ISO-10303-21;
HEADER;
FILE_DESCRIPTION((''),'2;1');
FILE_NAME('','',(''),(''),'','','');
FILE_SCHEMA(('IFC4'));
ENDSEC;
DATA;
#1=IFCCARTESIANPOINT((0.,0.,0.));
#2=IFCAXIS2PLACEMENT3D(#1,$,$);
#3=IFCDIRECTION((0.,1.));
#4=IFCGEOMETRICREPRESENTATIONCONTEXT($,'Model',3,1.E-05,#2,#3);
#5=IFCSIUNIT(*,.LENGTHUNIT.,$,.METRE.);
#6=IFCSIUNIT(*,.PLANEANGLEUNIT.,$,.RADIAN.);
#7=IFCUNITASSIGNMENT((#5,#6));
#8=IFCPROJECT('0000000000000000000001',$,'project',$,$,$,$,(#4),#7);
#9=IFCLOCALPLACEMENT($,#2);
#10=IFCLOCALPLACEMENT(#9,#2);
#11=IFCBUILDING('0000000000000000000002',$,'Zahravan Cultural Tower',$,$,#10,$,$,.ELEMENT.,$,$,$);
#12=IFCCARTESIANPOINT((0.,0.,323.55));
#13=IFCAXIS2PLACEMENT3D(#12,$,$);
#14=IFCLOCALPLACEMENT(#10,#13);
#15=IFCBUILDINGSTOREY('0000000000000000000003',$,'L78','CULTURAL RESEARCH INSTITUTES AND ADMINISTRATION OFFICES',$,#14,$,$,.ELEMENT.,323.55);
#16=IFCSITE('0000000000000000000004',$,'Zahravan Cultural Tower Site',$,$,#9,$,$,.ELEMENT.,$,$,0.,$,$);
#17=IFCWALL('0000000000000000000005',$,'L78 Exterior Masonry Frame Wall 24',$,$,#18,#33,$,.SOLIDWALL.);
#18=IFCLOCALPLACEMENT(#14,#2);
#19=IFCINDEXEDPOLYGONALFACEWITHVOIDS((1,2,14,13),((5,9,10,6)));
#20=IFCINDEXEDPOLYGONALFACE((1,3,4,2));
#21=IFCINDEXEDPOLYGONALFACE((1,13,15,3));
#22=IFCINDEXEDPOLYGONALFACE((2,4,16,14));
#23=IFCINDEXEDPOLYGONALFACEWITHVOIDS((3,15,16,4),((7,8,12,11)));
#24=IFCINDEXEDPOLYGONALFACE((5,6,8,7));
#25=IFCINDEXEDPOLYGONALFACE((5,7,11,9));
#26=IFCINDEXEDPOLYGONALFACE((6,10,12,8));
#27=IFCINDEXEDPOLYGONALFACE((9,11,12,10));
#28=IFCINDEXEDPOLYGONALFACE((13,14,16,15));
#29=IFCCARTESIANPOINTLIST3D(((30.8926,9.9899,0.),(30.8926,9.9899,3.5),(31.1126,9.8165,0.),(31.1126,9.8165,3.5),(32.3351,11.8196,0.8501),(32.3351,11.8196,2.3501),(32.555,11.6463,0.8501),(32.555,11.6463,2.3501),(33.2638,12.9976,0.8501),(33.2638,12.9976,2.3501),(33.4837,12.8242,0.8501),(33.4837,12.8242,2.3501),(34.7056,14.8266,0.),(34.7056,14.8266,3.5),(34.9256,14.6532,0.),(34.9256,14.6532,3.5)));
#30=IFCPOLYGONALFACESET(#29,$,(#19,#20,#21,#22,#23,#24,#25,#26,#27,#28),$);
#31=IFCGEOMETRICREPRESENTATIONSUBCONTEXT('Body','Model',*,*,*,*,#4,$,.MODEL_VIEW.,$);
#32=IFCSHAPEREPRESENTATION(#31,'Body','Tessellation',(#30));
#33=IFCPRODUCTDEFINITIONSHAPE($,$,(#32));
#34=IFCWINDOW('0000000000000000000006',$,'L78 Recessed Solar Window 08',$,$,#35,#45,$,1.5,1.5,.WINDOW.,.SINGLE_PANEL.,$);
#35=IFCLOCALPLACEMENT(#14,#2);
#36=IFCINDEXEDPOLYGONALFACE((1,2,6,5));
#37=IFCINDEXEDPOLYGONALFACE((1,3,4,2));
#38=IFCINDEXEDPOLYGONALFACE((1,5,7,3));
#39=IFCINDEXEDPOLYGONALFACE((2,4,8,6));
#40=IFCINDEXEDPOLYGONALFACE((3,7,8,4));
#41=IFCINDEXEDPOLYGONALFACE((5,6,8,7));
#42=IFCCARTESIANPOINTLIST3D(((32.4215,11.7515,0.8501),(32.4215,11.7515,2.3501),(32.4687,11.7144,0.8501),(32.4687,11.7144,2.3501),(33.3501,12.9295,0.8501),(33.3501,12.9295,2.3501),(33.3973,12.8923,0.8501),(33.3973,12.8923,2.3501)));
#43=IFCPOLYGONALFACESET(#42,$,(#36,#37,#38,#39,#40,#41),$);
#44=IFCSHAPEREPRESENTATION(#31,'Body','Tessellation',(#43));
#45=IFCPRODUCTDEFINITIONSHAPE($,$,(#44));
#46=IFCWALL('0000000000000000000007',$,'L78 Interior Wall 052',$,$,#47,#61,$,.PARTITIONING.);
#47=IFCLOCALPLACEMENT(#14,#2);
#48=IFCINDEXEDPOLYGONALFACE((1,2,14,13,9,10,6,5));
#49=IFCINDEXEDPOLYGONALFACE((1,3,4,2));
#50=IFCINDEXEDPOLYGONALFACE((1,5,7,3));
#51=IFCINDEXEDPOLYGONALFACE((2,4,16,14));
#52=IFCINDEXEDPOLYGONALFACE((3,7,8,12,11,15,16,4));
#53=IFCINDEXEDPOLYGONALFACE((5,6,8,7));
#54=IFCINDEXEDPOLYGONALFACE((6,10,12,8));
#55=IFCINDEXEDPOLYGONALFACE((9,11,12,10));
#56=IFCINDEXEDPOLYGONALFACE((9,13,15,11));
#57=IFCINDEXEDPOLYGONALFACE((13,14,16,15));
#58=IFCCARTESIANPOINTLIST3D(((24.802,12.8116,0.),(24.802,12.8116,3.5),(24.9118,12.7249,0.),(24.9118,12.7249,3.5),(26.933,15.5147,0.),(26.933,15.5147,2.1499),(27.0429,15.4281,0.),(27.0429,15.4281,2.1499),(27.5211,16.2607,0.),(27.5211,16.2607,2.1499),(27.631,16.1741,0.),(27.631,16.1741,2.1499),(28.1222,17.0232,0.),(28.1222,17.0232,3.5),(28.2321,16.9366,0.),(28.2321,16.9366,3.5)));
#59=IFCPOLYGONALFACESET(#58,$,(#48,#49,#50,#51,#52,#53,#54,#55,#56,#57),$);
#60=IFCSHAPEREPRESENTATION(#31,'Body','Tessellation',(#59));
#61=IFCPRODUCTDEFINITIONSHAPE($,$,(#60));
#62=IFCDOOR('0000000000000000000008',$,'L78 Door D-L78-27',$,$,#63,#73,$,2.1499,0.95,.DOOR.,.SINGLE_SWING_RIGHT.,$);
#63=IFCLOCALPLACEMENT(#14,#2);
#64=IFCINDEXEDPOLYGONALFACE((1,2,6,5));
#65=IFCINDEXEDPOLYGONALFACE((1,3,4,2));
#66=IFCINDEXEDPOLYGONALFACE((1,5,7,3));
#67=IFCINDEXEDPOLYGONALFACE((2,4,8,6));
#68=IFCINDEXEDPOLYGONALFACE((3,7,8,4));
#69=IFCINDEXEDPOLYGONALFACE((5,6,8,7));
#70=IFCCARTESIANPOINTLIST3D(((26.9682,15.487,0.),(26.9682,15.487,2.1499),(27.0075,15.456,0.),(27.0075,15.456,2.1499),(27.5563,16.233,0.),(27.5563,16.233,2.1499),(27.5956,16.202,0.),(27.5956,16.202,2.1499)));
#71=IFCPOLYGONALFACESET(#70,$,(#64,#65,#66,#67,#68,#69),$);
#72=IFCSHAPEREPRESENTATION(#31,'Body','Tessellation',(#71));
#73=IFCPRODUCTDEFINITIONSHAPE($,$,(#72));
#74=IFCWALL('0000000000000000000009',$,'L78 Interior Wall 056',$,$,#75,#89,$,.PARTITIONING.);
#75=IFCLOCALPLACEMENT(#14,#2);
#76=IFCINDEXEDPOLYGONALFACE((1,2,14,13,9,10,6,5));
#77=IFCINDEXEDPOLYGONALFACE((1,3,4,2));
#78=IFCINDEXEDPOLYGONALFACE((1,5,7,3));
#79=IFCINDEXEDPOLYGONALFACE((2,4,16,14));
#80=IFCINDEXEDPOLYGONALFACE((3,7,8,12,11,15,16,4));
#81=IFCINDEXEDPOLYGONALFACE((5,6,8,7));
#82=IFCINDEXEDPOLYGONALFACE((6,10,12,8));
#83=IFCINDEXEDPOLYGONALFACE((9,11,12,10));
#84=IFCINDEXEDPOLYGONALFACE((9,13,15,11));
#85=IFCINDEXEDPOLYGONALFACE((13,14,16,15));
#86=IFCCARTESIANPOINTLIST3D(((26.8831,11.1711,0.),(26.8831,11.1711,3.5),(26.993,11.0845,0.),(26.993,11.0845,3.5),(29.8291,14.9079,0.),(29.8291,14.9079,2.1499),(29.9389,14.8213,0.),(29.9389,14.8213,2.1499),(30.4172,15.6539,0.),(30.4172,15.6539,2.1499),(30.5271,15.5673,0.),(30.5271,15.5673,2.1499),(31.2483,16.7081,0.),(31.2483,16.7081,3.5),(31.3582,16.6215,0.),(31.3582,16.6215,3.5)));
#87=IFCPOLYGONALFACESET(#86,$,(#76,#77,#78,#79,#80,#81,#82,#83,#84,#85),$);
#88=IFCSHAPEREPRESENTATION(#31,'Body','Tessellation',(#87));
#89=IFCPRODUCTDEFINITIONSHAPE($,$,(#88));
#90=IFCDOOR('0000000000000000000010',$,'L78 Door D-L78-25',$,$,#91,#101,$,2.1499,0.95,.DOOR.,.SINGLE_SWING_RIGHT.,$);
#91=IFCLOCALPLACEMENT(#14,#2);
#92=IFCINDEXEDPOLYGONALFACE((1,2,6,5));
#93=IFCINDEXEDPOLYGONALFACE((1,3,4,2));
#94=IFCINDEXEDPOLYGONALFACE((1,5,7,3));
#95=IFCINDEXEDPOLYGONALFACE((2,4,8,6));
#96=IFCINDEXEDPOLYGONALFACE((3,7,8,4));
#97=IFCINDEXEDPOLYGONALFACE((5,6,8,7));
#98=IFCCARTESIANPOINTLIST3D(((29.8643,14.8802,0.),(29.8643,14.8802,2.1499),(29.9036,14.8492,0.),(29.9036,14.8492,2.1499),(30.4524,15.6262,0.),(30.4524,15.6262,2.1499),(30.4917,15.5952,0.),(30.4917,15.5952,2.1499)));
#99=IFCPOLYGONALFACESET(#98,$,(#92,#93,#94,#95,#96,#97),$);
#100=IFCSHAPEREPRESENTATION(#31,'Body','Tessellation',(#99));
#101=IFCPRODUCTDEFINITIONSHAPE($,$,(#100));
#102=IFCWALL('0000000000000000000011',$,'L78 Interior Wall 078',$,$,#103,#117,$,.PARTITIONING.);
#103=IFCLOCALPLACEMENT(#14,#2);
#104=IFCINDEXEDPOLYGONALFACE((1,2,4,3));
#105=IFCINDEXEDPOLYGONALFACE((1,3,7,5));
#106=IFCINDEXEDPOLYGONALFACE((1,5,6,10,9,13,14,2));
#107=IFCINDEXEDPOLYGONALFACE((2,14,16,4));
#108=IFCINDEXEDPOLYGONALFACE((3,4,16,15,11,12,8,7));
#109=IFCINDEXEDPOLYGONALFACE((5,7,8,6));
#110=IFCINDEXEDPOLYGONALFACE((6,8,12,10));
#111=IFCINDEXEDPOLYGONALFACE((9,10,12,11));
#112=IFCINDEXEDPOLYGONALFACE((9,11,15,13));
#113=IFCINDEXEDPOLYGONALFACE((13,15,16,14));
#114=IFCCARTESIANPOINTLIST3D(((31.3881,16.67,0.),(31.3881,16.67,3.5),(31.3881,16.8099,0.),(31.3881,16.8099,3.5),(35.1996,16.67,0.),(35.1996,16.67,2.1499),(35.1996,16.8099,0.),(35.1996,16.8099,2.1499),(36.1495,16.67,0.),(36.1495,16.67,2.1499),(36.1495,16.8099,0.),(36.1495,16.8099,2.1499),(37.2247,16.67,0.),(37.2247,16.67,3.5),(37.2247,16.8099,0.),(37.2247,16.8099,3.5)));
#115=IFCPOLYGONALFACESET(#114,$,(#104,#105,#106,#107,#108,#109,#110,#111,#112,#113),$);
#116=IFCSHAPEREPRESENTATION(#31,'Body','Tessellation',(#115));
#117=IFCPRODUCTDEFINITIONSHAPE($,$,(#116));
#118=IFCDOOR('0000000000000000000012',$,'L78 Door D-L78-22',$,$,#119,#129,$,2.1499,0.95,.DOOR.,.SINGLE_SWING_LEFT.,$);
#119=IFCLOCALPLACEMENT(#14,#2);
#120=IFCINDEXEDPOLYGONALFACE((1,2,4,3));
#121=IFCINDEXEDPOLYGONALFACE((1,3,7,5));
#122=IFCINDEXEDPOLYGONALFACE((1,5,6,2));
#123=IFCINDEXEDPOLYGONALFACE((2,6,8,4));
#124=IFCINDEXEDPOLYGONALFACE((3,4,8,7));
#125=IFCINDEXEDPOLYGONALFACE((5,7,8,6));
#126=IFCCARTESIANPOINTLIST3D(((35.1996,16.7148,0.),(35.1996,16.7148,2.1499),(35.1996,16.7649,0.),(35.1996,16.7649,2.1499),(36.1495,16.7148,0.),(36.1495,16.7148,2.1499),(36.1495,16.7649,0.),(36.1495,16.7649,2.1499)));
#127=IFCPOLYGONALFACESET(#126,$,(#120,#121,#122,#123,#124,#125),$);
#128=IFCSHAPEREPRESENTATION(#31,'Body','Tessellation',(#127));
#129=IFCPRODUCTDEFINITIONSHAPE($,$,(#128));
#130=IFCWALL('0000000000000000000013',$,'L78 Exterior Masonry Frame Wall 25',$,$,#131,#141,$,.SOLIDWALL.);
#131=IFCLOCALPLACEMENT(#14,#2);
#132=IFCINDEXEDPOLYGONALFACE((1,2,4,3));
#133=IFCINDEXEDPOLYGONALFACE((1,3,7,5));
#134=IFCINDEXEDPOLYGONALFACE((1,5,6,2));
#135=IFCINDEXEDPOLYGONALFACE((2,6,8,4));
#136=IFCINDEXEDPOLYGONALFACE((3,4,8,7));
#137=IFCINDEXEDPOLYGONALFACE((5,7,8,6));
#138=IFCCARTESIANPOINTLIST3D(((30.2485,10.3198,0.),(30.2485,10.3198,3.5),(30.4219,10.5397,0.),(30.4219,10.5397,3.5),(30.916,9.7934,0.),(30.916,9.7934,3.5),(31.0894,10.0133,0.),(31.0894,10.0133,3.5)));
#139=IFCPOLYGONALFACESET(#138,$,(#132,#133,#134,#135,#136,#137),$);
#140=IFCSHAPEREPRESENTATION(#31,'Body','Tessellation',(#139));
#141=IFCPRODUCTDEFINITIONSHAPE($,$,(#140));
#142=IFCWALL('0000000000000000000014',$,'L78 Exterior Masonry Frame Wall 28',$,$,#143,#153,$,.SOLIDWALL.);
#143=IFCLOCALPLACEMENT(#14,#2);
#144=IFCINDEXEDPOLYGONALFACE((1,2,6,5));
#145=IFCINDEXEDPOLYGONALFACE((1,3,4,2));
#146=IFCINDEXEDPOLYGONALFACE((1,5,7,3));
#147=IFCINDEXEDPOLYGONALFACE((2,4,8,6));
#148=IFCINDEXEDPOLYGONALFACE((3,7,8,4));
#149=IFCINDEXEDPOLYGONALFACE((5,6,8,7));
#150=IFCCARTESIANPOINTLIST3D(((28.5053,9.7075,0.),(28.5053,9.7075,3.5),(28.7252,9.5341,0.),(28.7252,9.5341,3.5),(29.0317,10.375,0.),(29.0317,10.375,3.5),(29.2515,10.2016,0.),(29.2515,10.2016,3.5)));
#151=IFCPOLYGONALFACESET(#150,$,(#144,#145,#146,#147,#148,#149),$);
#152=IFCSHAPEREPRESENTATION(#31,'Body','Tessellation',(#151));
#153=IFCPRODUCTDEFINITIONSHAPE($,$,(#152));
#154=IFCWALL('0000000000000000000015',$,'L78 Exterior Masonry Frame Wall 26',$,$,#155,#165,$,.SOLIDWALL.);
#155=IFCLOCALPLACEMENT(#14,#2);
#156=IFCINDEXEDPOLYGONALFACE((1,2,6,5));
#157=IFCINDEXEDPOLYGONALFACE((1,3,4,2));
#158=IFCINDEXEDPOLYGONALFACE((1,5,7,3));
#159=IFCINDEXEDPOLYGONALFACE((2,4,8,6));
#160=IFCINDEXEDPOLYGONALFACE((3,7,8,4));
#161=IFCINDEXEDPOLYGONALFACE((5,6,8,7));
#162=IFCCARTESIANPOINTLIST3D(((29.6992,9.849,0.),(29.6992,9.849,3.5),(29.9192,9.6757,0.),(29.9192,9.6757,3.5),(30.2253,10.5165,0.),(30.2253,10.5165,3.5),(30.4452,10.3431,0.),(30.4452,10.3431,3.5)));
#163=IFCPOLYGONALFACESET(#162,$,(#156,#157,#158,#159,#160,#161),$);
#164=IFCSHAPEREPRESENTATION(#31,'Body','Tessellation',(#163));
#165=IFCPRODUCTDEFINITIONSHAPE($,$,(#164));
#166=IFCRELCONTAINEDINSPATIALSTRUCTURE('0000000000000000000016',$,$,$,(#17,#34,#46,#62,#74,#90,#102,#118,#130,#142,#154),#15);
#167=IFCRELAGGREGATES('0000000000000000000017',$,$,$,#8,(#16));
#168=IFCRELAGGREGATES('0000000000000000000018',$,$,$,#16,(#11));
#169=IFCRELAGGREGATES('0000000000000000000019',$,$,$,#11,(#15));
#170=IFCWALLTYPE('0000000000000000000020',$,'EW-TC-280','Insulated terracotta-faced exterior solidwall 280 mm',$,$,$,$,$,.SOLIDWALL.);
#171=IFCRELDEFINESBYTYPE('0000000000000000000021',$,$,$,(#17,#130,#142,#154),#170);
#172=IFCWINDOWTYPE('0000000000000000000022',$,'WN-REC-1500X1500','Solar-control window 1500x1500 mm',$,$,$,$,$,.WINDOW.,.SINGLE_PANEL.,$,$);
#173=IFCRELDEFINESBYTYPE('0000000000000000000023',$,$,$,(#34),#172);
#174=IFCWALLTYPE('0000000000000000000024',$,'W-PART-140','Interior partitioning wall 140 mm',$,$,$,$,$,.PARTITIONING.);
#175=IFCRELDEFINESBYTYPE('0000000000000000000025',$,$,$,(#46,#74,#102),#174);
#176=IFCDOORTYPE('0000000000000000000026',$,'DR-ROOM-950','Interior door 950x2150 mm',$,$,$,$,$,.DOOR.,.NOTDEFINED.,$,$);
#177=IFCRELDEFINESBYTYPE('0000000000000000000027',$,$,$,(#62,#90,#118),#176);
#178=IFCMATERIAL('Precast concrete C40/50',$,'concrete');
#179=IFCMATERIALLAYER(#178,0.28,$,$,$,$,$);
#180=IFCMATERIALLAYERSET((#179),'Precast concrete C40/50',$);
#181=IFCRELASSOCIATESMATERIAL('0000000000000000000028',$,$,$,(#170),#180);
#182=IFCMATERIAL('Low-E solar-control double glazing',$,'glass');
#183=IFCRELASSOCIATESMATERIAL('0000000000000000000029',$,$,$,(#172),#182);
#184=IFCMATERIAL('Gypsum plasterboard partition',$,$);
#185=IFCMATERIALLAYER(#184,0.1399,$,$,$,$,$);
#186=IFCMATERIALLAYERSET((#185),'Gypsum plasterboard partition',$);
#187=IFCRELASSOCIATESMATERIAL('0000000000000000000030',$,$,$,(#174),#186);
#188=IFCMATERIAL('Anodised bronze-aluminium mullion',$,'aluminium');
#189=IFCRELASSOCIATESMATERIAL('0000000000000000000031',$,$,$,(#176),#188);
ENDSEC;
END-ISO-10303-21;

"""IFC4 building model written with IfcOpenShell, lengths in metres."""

from ifc_helpers import new_model, si_unit, direction, frame, frame_2d, origin, place, context, subcontext, project, spatial, rectangle, extrude, source, transform, mapped, material, layer, layer_set, type_object, element, fill, save


model = new_model("IFC4")

# Units and contexts
model_context = context("Model", 3, precision=1e-05, world=origin(), true_north=direction((0.0, 1.0)))
body_context = subcontext(model_context, "Body", "Model", "MODEL_VIEW")
ifc_project = project(units=[si_unit("LENGTHUNIT", "METRE"), si_unit("PLANEANGLEUNIT", "RADIAN")], contexts=[model_context])

# Site, building, storey
site_placement = place(None, origin())
site = spatial("IfcSite", under=ifc_project, at=site_placement, Name="Zahravan Cultural Tower Site", CompositionType="ELEMENT", RefElevation=0.0)
building_placement = place(site_placement, origin())
building = spatial("IfcBuilding", under=site, at=building_placement, Name="Zahravan Cultural Tower", CompositionType="ELEMENT")
storey_placement = place(building_placement, frame((0.0, 0.0, 323.55)))
storey = spatial("IfcBuildingStorey", under=building, at=storey_placement, Name="L78", Description="CULTURAL RESEARCH INSTITUTES AND ADMINISTRATION OFFICES", CompositionType="ELEMENT", Elevation=323.55)

# Wall, opening, window
ifc_material_1 = material(Name="Precast concrete C40/50", Category="concrete")
ifc_layer_1 = layer(ifc_material_1, 0.28)
ifc_layer_set_1 = layer_set([ifc_layer_1], Name="Precast concrete C40/50")
wall_type_1 = type_object("IfcWallType", Name="EW-TC-280", Description="Insulated terracotta-faced exterior solidwall 280 mm", PredefinedType="SOLIDWALL", material=ifc_layer_set_1)
wall_1_placement = place(storey_placement, frame((34.8157, 14.74, 0.0), z_axis=(0.0, 0.0, 1.0), x_axis=(-0.6191, -0.785312, 0.0)))
wall_1 = element("IfcWall", 1, at=wall_1_placement, inside=storey, type_object=wall_type_1, Name="L78 Exterior Masonry Frame Wall 24", PredefinedType="SOLIDWALL", context=body_context, shape_type="SweptSolid", body=[
    extrude(rectangle(XDim=6.1589, YDim=0.28, at=frame_2d((3.0796, 0.0))), origin(), (0.0, 0.0, 1.0), 3.5),
])
opening_1_placement = place(wall_1_placement, frame((2.3291, 0.0, 0.8501)))
opening_1 = element("IfcOpeningElement", 2, at=opening_1_placement, cuts=wall_1, PredefinedType="OPENING", context=body_context, shape_type="SweptSolid", body=[
    extrude(rectangle(XDim=1.5, YDim=1.5, at=frame_2d((0.75, 0.75))), frame((0.0, 0.1499, 0.0), z_axis=(0.0, -1.0, 0.0), x_axis=(1.0, 0.0, 0.0)), (0.0, 0.0, 1.0), 0.3),
])
ifc_material_2 = material(Name="Low-E solar-control double glazing", Category="glass")
window_type = type_object("IfcWindowType", Name="WN-REC-1500X1500", Description="Solar-control window 1500x1500 mm", PartitioningType="SINGLE_PANEL", PredefinedType="WINDOW", material=ifc_material_2)
shared_shape_1 = source(origin(), body_context, "Body", "SweptSolid", [
    extrude(rectangle(XDim=1.5, YDim=1.5, at=frame_2d((0.75, 0.75))), frame((0.0, 0.03, 0.0), z_axis=(0.0, -1.0, 0.0), x_axis=(1.0, 0.0, 0.0)), (0.0, 0.0, 1.0), 0.0601),
])
window_placement = place(opening_1_placement, origin())
window = element("IfcWindow", 3, at=window_placement, inside=storey, type_object=window_type, Name="L78 Recessed Solar Window 08", OverallHeight=1.5, OverallWidth=1.5, PartitioningType="SINGLE_PANEL", PredefinedType="WINDOW", context=body_context, shape_type="MappedRepresentation", body=[
    mapped(shared_shape_1, transform((0.0, 0.0, 0.0), x_axis=(1.0, 0.0, 0.0), y_axis=(0.0, 1.0, 0.0), z_axis=(0.0, 0.0, 1.0), scale=1.0)),
])
fill(opening_1, window)

# Walls, openings, doors
ifc_material_3 = material(Name="Gypsum plasterboard partition")
ifc_layer_2 = layer(ifc_material_3, 0.1399)
ifc_layer_set_2 = layer_set([ifc_layer_2], Name="Gypsum plasterboard partition")
wall_type_2 = type_object("IfcWallType", Name="W-PART-140", Description="Interior partitioning wall 140 mm", PredefinedType="PARTITIONING", material=ifc_layer_set_2)
wall_2_placement = place(storey_placement, frame((28.1772, 16.98, 0.0), z_axis=(0.0, 0.0, 1.0), x_axis=(-0.619105, -0.785308, 0.0)))
wall_2 = element("IfcWall", 4, at=wall_2_placement, inside=storey, type_object=wall_type_2, Name="L78 Interior Wall 052", PredefinedType="PARTITIONING", context=body_context, shape_type="SweptSolid", body=[
    extrude(rectangle(XDim=5.363, YDim=0.1399, at=frame_2d((2.6816, 0.0))), origin(), (0.0, 0.0, 1.0), 3.5),
])
opening_2_placement = place(wall_2_placement, frame((0.9709, 0.0, 0.0)))
opening_2 = element("IfcOpeningElement", 5, at=opening_2_placement, cuts=wall_2, PredefinedType="OPENING", context=body_context, shape_type="SweptSolid", body=[
    extrude(rectangle(XDim=0.95, YDim=2.1499, at=frame_2d((0.4751, 1.075))), frame((0.0, 0.0798, 0.0), z_axis=(0.0, -1.0, 0.0), x_axis=(1.0, 0.0, 0.0)), (0.0, 0.0, 1.0), 0.1599),
])
ifc_material_4 = material(Name="Anodised bronze-aluminium mullion", Category="aluminium")
door_type_1 = type_object("IfcDoorType", Name="DR-ROOM-950", Description="Interior door 950x2150 mm", OperationType="NOTDEFINED", PredefinedType="DOOR", material=ifc_material_4)
shared_shape_2 = source(origin(), body_context, "Body", "SweptSolid", [
    extrude(rectangle(XDim=0.95, YDim=2.1499, at=frame_2d((0.4751, 1.075))), frame((0.0, 0.0249, 0.0), z_axis=(0.0, -1.0, 0.0), x_axis=(1.0, 0.0, 0.0)), (0.0, 0.0, 1.0), 0.05),
])
door_1_placement = place(opening_2_placement, origin())
door_1 = element("IfcDoor", 6, at=door_1_placement, inside=storey, type_object=door_type_1, Name="L78 Door D-L78-27", OperationType="SINGLE_SWING_RIGHT", OverallHeight=2.1499, OverallWidth=0.95, PredefinedType="DOOR", context=body_context, shape_type="MappedRepresentation", body=[
    mapped(shared_shape_2, transform((0.0, 0.0, 0.0), x_axis=(1.0, 0.0, 0.0), y_axis=(0.0, 1.0, 0.0), z_axis=(0.0, 0.0, 1.0), scale=1.0)),
])
fill(opening_2, door_1)
wall_3_placement = place(storey_placement, frame((31.3032, 16.6648, 0.0), z_axis=(0.0, 0.0, 1.0), x_axis=(-0.619105, -0.785308, 0.0)))
wall_3 = element("IfcWall", 7, at=wall_3_placement, inside=storey, type_object=wall_type_2, Name="L78 Interior Wall 056", PredefinedType="PARTITIONING", context=body_context, shape_type="SweptSolid", body=[
    extrude(rectangle(XDim=7.0508, YDim=0.1399, at=frame_2d((3.5254, 0.0))), origin(), (0.0, 0.0, 1.0), 3.5),
])
opening_3_placement = place(wall_3_placement, frame((1.3423, 0.0, 0.0)))
opening_3 = element("IfcOpeningElement", 8, at=opening_3_placement, cuts=wall_3, PredefinedType="OPENING", context=body_context, shape_type="SweptSolid", body=[
    extrude(rectangle(XDim=0.95, YDim=2.1499, at=frame_2d((0.4751, 1.075))), frame((0.0, 0.0798, 0.0), z_axis=(0.0, -1.0, 0.0), x_axis=(1.0, 0.0, 0.0)), (0.0, 0.0, 1.0), 0.1599),
])
door_2_placement = place(opening_3_placement, origin())
door_2 = element("IfcDoor", 9, at=door_2_placement, inside=storey, type_object=door_type_1, Name="L78 Door D-L78-25", OperationType="SINGLE_SWING_RIGHT", OverallHeight=2.1499, OverallWidth=0.95, PredefinedType="DOOR", context=body_context, shape_type="MappedRepresentation", body=[
    mapped(shared_shape_2, transform((0.0, 0.0, 0.0), x_axis=(1.0, 0.0, 0.0), y_axis=(0.0, 1.0, 0.0), z_axis=(0.0, 0.0, 1.0), scale=1.0)),
])
fill(opening_3, door_2)
wall_4_placement = place(storey_placement, frame((31.3879, 16.74, 0.0), z_axis=(0.0, 0.0, 1.0), x_axis=(1.0, 0.0, 0.0)))
wall_4 = element("IfcWall", 10, at=wall_4_placement, inside=storey, type_object=wall_type_2, Name="L78 Interior Wall 078", PredefinedType="PARTITIONING", context=body_context, shape_type="SweptSolid", body=[
    extrude(rectangle(XDim=5.8367, YDim=0.1399, at=frame_2d((2.9185, 0.0))), origin(), (0.0, 0.0, 1.0), 3.5),
])
opening_4_placement = place(wall_4_placement, frame((3.8115, 0.0, 0.0)))
opening_4 = element("IfcOpeningElement", 11, at=opening_4_placement, cuts=wall_4, PredefinedType="OPENING", context=body_context, shape_type="SweptSolid", body=[
    extrude(rectangle(XDim=0.95, YDim=2.1499, at=frame_2d((0.4751, 1.075))), frame((0.0, 0.0798, 0.0), z_axis=(0.0, -1.0, 0.0), x_axis=(1.0, 0.0, 0.0)), (0.0, 0.0, 1.0), 0.1599),
])
door_3_placement = place(opening_4_placement, origin())
door_3 = element("IfcDoor", 12, at=door_3_placement, inside=storey, type_object=door_type_1, Name="L78 Door D-L78-22", OperationType="SINGLE_SWING_LEFT", OverallHeight=2.1499, OverallWidth=0.95, PredefinedType="DOOR", context=body_context, shape_type="MappedRepresentation", body=[
    mapped(shared_shape_2, transform((0.0, 0.0, 0.0), x_axis=(1.0, 0.0, 0.0), y_axis=(0.0, 1.0, 0.0), z_axis=(0.0, 0.0, 1.0), scale=1.0)),
])
fill(opening_4, door_3)

# Walls
shared_shape_3 = source(origin(), body_context, "Body", "SweptSolid", [
    extrude(rectangle(XDim=0.8501, YDim=0.28, at=frame_2d((0.425, 0.0))), origin(), (0.0, 0.0, 1.0), 3.5),
])
for number, where, z_axis, x_axis, name in (
    (13, (31.0027, 9.9033, 0.0), (0.0, 0.0, 1.0), (-0.785221, 0.619216, 0.0), "L78 Exterior Masonry Frame Wall 25"),
    (14, (29.1416, 10.2883, 0.0), (0.0, 0.0, 1.0), (-0.619216, -0.785221, 0.0), "L78 Exterior Masonry Frame Wall 28"),
):
    element("IfcWall", number, at=place(storey_placement, frame(where, z_axis=z_axis, x_axis=x_axis)), inside=storey, type_object=wall_type_1, Name=name, PredefinedType="SOLIDWALL", context=body_context, shape_type="MappedRepresentation", body=[
        mapped(shared_shape_3, transform((0.0, 0.0, 0.0), x_axis=(1.0, 0.0, 0.0), y_axis=(0.0, 1.0, 0.0), z_axis=(0.0, 0.0, 1.0), scale=1.0)),
    ])
shared_shape_4 = source(origin(), body_context, "Body", "SweptSolid", [
    extrude(rectangle(XDim=0.8499, YDim=0.28, at=frame_2d((0.4248, 0.0))), origin(), (0.0, 0.0, 1.0), 3.5),
])
for number, where, z_axis, x_axis, name in (
    (15, (30.3352, 10.4297, 0.0), (0.0, 0.0, 1.0), (-0.619039, -0.78536, 0.0), "L78 Exterior Masonry Frame Wall 26"),
):
    element("IfcWall", number, at=place(storey_placement, frame(where, z_axis=z_axis, x_axis=x_axis)), inside=storey, type_object=wall_type_1, Name=name, PredefinedType="SOLIDWALL", context=body_context, shape_type="MappedRepresentation", body=[
        mapped(shared_shape_4, transform((0.0, 0.0, 0.0), x_axis=(1.0, 0.0, 0.0), y_axis=(0.0, 1.0, 0.0), z_axis=(0.0, 0.0, 1.0), scale=1.0)),
    ])

save(model, "model.ifc")
